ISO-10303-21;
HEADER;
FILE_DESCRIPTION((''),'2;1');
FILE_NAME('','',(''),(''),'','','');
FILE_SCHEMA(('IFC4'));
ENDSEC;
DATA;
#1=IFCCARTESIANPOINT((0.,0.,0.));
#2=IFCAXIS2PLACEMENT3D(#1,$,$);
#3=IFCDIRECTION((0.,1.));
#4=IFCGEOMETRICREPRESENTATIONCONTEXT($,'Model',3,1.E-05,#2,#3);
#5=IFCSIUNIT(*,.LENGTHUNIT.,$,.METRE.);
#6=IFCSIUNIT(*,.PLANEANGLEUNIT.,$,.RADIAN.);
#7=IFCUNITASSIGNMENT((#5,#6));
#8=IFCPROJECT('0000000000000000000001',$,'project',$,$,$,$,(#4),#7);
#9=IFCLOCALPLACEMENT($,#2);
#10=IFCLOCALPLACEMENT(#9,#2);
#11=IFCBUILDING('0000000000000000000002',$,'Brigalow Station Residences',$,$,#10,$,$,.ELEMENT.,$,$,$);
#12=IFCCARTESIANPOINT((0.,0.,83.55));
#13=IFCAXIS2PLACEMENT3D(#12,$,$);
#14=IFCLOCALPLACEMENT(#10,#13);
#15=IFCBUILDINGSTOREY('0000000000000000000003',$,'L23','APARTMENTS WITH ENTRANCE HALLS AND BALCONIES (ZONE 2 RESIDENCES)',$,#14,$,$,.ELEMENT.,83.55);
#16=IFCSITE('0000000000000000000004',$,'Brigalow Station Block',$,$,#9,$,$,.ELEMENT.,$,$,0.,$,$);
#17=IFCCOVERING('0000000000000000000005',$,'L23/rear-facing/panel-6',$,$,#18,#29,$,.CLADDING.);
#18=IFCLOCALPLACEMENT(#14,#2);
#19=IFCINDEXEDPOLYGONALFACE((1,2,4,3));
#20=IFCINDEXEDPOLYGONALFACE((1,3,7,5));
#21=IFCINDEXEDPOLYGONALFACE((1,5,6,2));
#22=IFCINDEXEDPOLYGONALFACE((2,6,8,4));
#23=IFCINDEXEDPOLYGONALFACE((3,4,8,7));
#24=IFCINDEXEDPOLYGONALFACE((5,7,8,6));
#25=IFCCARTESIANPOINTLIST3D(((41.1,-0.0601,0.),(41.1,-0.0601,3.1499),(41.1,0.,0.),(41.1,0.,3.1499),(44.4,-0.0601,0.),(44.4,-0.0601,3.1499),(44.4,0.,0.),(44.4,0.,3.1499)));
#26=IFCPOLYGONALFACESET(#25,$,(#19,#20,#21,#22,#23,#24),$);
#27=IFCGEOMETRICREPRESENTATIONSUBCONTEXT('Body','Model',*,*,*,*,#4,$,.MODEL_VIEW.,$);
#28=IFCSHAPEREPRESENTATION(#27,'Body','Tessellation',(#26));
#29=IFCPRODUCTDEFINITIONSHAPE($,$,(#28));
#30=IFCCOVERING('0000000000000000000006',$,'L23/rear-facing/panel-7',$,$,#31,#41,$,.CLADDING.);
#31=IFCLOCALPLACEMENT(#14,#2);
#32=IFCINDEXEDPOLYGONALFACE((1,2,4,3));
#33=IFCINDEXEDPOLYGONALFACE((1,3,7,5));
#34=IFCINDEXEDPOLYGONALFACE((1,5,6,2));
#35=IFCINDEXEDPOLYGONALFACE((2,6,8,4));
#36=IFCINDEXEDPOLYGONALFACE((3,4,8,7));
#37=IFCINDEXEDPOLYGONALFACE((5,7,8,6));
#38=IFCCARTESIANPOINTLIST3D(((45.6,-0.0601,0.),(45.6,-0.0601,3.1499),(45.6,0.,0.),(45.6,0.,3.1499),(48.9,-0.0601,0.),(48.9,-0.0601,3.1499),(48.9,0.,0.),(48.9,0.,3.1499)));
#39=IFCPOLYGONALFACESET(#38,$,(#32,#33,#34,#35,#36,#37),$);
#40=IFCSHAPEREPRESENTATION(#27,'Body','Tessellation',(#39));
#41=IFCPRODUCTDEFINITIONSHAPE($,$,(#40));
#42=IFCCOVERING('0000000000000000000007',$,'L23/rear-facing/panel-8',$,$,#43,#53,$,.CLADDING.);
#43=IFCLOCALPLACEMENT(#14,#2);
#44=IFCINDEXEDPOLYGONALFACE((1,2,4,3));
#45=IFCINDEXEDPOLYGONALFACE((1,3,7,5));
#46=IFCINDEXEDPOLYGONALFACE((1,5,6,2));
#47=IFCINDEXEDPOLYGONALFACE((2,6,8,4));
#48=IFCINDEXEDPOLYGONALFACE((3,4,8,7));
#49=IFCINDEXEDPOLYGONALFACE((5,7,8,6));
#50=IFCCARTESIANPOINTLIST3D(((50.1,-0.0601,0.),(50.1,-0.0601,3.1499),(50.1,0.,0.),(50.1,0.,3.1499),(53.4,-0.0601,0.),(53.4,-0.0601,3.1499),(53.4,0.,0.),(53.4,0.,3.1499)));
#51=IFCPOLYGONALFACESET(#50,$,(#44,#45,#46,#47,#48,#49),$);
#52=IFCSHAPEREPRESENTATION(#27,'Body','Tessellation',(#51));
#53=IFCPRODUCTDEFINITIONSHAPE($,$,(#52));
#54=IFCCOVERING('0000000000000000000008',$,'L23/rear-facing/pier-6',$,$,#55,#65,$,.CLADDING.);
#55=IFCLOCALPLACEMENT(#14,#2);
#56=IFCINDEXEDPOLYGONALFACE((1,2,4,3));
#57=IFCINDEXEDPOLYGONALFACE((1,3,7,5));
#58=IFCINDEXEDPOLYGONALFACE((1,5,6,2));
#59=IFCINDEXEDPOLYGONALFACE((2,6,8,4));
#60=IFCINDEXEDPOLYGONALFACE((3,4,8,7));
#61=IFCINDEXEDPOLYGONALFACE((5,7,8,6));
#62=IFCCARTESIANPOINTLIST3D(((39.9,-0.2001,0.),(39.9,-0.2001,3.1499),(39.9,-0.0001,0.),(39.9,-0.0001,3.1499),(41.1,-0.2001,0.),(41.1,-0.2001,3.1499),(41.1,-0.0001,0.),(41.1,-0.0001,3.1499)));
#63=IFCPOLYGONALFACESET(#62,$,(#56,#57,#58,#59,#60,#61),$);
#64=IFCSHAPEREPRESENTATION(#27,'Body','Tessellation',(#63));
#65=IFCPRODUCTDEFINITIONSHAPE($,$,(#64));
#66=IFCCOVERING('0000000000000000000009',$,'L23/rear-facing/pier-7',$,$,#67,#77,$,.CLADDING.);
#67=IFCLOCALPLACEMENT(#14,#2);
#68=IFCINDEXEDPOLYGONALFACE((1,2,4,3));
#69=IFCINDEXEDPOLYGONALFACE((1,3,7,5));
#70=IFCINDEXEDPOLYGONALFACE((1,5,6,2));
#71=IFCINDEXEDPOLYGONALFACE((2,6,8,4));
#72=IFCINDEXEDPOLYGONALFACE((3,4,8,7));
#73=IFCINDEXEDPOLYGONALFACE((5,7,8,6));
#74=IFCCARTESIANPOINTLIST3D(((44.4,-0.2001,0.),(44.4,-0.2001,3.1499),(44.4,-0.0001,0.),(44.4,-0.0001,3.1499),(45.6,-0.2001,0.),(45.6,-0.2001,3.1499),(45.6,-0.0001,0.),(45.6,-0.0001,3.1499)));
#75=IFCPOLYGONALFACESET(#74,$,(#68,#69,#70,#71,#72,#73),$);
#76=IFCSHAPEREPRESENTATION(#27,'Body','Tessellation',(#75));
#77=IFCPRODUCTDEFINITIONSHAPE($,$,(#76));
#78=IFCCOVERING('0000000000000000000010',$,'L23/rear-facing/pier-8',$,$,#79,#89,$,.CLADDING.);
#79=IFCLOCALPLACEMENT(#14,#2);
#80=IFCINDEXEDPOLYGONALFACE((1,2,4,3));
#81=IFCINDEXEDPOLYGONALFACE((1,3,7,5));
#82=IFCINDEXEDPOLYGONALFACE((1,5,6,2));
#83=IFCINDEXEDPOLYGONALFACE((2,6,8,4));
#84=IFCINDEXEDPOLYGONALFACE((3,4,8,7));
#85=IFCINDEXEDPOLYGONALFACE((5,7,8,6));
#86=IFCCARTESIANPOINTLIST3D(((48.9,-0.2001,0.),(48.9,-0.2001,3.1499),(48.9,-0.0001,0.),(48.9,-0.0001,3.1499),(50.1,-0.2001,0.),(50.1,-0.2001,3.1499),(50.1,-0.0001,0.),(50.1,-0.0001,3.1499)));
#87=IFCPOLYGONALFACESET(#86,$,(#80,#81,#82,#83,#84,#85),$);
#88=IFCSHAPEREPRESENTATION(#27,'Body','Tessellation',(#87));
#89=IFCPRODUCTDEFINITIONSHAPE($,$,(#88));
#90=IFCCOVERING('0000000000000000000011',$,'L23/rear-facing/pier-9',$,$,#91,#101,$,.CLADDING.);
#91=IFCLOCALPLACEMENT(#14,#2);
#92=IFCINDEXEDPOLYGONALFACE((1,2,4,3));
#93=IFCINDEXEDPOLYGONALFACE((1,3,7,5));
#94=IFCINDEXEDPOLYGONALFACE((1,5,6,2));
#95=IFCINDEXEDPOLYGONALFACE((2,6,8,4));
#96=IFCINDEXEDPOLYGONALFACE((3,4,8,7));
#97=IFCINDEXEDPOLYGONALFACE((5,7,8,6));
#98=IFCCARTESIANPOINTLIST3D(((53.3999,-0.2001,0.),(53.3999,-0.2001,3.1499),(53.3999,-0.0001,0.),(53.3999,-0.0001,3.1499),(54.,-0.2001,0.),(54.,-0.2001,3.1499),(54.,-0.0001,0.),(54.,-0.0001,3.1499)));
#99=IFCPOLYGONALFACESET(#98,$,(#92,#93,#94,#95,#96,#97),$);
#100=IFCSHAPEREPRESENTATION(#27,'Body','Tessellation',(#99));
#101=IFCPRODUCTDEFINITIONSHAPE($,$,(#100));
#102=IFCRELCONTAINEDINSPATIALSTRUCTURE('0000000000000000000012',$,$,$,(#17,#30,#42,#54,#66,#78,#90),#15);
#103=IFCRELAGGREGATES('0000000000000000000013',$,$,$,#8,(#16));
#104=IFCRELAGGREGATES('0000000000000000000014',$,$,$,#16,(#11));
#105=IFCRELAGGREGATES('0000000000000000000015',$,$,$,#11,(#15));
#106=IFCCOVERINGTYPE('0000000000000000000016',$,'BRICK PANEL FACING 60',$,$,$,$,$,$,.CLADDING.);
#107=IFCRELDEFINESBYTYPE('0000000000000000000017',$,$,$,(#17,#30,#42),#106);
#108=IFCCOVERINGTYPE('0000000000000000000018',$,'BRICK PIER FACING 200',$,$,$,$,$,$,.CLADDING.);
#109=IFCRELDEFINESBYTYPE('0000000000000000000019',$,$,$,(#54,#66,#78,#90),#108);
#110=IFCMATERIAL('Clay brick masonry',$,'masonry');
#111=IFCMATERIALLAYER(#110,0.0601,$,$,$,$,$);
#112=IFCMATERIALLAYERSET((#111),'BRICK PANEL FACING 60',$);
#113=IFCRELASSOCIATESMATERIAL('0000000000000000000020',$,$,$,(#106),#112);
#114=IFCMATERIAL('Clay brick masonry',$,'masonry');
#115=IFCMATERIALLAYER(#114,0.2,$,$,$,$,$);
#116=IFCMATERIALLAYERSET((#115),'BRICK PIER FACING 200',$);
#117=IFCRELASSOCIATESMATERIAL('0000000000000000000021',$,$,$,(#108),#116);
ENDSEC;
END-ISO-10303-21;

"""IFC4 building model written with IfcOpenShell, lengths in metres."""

from ifc_helpers import new_model, si_unit, direction, frame, origin, origin_2d, place, context, subcontext, project, spatial, rectangle, extrude, material, layer, layer_set, type_object, element, save


model = new_model("IFC4")

# Units and contexts
model_context = context("Model", 3, precision=1e-05, world=origin(), true_north=direction((0.0, 1.0)))
body_context = subcontext(model_context, "Body", "Model", "MODEL_VIEW")
ifc_project = project(units=[si_unit("LENGTHUNIT", "METRE"), si_unit("PLANEANGLEUNIT", "RADIAN")], contexts=[model_context])

# Site, building, storey
site_placement = place(None, origin())
site = spatial("IfcSite", under=ifc_project, at=site_placement, Name="Brigalow Station Block", CompositionType="ELEMENT", RefElevation=0.0)
building_placement = place(site_placement, origin())
building = spatial("IfcBuilding", under=site, at=building_placement, Name="Brigalow Station Residences", CompositionType="ELEMENT")
storey_placement = place(building_placement, frame((0.0, 0.0, 83.55)))
storey = spatial("IfcBuildingStorey", under=building, at=storey_placement, Name="L23", Description="APARTMENTS WITH ENTRANCE HALLS AND BALCONIES (ZONE 2 RESIDENCES)", CompositionType="ELEMENT", Elevation=83.55)

# Coverings
ifc_material_1 = material(Name="Clay brick masonry", Category="masonry")
ifc_layer_1 = layer(ifc_material_1, 0.0601)
ifc_layer_set_1 = layer_set([ifc_layer_1], Name="BRICK PANEL FACING 60")
covering_type_1 = type_object("IfcCoveringType", Name="BRICK PANEL FACING 60", PredefinedType="CLADDING", material=ifc_layer_set_1)
for number, where, z_axis, x_axis, name in (
    (1, (42.75, -0.03, 0.0), (0.0, 0.0, 1.0), (1.0, 0.0, 0.0), "L23/rear-facing/panel-6"),
    (2, (47.25, -0.03, 0.0), (0.0, 0.0, 1.0), (1.0, 0.0, 0.0), "L23/rear-facing/panel-7"),
    (3, (51.75, -0.03, 0.0), (0.0, 0.0, 1.0), (1.0, 0.0, 0.0), "L23/rear-facing/panel-8"),
):
    element("IfcCovering", number, at=place(storey_placement, frame(where, z_axis=z_axis, x_axis=x_axis)), inside=storey, type_object=covering_type_1, Name=name, PredefinedType="CLADDING", context=body_context, shape_type="SweptSolid", body=[
        extrude(rectangle(XDim=3.3, YDim=0.0601, at=origin_2d()), origin(), (0.0, 0.0, 1.0), 3.1499),
    ])
ifc_material_2 = material(Name="Clay brick masonry", Category="masonry")
ifc_layer_2 = layer(ifc_material_2, 0.2)
ifc_layer_set_2 = layer_set([ifc_layer_2], Name="BRICK PIER FACING 200")
covering_type_2 = type_object("IfcCoveringType", Name="BRICK PIER FACING 200", PredefinedType="CLADDING", material=ifc_layer_set_2)
for number, where, z_axis, x_axis, name in (
    (4, (40.5, -0.1001, 0.0), (0.0, 0.0, 1.0), (1.0, 0.0, 0.0), "L23/rear-facing/pier-6"),
    (5, (45.0, -0.1001, 0.0), (0.0, 0.0, 1.0), (1.0, 0.0, 0.0), "L23/rear-facing/pier-7"),
    (6, (49.5, -0.1001, 0.0), (0.0, 0.0, 1.0), (1.0, 0.0, 0.0), "L23/rear-facing/pier-8"),
):
    element("IfcCovering", number, at=place(storey_placement, frame(where, z_axis=z_axis, x_axis=x_axis)), inside=storey, type_object=covering_type_2, Name=name, PredefinedType="CLADDING", context=body_context, shape_type="SweptSolid", body=[
        extrude(rectangle(XDim=1.2, YDim=0.2, at=origin_2d()), origin(), (0.0, 0.0, 1.0), 3.1499),
    ])
covering_placement = place(storey_placement, frame((53.7, -0.1001, 0.0), z_axis=(0.0, 0.0, 1.0), x_axis=(1.0, 0.0, 0.0)))
element("IfcCovering", 7, at=covering_placement, inside=storey, type_object=covering_type_2, Name="L23/rear-facing/pier-9", PredefinedType="CLADDING", context=body_context, shape_type="SweptSolid", body=[
    extrude(rectangle(XDim=0.6001, YDim=0.2, at=origin_2d()), origin(), (0.0, 0.0, 1.0), 3.1499),
])

save(model, "model.ifc")
